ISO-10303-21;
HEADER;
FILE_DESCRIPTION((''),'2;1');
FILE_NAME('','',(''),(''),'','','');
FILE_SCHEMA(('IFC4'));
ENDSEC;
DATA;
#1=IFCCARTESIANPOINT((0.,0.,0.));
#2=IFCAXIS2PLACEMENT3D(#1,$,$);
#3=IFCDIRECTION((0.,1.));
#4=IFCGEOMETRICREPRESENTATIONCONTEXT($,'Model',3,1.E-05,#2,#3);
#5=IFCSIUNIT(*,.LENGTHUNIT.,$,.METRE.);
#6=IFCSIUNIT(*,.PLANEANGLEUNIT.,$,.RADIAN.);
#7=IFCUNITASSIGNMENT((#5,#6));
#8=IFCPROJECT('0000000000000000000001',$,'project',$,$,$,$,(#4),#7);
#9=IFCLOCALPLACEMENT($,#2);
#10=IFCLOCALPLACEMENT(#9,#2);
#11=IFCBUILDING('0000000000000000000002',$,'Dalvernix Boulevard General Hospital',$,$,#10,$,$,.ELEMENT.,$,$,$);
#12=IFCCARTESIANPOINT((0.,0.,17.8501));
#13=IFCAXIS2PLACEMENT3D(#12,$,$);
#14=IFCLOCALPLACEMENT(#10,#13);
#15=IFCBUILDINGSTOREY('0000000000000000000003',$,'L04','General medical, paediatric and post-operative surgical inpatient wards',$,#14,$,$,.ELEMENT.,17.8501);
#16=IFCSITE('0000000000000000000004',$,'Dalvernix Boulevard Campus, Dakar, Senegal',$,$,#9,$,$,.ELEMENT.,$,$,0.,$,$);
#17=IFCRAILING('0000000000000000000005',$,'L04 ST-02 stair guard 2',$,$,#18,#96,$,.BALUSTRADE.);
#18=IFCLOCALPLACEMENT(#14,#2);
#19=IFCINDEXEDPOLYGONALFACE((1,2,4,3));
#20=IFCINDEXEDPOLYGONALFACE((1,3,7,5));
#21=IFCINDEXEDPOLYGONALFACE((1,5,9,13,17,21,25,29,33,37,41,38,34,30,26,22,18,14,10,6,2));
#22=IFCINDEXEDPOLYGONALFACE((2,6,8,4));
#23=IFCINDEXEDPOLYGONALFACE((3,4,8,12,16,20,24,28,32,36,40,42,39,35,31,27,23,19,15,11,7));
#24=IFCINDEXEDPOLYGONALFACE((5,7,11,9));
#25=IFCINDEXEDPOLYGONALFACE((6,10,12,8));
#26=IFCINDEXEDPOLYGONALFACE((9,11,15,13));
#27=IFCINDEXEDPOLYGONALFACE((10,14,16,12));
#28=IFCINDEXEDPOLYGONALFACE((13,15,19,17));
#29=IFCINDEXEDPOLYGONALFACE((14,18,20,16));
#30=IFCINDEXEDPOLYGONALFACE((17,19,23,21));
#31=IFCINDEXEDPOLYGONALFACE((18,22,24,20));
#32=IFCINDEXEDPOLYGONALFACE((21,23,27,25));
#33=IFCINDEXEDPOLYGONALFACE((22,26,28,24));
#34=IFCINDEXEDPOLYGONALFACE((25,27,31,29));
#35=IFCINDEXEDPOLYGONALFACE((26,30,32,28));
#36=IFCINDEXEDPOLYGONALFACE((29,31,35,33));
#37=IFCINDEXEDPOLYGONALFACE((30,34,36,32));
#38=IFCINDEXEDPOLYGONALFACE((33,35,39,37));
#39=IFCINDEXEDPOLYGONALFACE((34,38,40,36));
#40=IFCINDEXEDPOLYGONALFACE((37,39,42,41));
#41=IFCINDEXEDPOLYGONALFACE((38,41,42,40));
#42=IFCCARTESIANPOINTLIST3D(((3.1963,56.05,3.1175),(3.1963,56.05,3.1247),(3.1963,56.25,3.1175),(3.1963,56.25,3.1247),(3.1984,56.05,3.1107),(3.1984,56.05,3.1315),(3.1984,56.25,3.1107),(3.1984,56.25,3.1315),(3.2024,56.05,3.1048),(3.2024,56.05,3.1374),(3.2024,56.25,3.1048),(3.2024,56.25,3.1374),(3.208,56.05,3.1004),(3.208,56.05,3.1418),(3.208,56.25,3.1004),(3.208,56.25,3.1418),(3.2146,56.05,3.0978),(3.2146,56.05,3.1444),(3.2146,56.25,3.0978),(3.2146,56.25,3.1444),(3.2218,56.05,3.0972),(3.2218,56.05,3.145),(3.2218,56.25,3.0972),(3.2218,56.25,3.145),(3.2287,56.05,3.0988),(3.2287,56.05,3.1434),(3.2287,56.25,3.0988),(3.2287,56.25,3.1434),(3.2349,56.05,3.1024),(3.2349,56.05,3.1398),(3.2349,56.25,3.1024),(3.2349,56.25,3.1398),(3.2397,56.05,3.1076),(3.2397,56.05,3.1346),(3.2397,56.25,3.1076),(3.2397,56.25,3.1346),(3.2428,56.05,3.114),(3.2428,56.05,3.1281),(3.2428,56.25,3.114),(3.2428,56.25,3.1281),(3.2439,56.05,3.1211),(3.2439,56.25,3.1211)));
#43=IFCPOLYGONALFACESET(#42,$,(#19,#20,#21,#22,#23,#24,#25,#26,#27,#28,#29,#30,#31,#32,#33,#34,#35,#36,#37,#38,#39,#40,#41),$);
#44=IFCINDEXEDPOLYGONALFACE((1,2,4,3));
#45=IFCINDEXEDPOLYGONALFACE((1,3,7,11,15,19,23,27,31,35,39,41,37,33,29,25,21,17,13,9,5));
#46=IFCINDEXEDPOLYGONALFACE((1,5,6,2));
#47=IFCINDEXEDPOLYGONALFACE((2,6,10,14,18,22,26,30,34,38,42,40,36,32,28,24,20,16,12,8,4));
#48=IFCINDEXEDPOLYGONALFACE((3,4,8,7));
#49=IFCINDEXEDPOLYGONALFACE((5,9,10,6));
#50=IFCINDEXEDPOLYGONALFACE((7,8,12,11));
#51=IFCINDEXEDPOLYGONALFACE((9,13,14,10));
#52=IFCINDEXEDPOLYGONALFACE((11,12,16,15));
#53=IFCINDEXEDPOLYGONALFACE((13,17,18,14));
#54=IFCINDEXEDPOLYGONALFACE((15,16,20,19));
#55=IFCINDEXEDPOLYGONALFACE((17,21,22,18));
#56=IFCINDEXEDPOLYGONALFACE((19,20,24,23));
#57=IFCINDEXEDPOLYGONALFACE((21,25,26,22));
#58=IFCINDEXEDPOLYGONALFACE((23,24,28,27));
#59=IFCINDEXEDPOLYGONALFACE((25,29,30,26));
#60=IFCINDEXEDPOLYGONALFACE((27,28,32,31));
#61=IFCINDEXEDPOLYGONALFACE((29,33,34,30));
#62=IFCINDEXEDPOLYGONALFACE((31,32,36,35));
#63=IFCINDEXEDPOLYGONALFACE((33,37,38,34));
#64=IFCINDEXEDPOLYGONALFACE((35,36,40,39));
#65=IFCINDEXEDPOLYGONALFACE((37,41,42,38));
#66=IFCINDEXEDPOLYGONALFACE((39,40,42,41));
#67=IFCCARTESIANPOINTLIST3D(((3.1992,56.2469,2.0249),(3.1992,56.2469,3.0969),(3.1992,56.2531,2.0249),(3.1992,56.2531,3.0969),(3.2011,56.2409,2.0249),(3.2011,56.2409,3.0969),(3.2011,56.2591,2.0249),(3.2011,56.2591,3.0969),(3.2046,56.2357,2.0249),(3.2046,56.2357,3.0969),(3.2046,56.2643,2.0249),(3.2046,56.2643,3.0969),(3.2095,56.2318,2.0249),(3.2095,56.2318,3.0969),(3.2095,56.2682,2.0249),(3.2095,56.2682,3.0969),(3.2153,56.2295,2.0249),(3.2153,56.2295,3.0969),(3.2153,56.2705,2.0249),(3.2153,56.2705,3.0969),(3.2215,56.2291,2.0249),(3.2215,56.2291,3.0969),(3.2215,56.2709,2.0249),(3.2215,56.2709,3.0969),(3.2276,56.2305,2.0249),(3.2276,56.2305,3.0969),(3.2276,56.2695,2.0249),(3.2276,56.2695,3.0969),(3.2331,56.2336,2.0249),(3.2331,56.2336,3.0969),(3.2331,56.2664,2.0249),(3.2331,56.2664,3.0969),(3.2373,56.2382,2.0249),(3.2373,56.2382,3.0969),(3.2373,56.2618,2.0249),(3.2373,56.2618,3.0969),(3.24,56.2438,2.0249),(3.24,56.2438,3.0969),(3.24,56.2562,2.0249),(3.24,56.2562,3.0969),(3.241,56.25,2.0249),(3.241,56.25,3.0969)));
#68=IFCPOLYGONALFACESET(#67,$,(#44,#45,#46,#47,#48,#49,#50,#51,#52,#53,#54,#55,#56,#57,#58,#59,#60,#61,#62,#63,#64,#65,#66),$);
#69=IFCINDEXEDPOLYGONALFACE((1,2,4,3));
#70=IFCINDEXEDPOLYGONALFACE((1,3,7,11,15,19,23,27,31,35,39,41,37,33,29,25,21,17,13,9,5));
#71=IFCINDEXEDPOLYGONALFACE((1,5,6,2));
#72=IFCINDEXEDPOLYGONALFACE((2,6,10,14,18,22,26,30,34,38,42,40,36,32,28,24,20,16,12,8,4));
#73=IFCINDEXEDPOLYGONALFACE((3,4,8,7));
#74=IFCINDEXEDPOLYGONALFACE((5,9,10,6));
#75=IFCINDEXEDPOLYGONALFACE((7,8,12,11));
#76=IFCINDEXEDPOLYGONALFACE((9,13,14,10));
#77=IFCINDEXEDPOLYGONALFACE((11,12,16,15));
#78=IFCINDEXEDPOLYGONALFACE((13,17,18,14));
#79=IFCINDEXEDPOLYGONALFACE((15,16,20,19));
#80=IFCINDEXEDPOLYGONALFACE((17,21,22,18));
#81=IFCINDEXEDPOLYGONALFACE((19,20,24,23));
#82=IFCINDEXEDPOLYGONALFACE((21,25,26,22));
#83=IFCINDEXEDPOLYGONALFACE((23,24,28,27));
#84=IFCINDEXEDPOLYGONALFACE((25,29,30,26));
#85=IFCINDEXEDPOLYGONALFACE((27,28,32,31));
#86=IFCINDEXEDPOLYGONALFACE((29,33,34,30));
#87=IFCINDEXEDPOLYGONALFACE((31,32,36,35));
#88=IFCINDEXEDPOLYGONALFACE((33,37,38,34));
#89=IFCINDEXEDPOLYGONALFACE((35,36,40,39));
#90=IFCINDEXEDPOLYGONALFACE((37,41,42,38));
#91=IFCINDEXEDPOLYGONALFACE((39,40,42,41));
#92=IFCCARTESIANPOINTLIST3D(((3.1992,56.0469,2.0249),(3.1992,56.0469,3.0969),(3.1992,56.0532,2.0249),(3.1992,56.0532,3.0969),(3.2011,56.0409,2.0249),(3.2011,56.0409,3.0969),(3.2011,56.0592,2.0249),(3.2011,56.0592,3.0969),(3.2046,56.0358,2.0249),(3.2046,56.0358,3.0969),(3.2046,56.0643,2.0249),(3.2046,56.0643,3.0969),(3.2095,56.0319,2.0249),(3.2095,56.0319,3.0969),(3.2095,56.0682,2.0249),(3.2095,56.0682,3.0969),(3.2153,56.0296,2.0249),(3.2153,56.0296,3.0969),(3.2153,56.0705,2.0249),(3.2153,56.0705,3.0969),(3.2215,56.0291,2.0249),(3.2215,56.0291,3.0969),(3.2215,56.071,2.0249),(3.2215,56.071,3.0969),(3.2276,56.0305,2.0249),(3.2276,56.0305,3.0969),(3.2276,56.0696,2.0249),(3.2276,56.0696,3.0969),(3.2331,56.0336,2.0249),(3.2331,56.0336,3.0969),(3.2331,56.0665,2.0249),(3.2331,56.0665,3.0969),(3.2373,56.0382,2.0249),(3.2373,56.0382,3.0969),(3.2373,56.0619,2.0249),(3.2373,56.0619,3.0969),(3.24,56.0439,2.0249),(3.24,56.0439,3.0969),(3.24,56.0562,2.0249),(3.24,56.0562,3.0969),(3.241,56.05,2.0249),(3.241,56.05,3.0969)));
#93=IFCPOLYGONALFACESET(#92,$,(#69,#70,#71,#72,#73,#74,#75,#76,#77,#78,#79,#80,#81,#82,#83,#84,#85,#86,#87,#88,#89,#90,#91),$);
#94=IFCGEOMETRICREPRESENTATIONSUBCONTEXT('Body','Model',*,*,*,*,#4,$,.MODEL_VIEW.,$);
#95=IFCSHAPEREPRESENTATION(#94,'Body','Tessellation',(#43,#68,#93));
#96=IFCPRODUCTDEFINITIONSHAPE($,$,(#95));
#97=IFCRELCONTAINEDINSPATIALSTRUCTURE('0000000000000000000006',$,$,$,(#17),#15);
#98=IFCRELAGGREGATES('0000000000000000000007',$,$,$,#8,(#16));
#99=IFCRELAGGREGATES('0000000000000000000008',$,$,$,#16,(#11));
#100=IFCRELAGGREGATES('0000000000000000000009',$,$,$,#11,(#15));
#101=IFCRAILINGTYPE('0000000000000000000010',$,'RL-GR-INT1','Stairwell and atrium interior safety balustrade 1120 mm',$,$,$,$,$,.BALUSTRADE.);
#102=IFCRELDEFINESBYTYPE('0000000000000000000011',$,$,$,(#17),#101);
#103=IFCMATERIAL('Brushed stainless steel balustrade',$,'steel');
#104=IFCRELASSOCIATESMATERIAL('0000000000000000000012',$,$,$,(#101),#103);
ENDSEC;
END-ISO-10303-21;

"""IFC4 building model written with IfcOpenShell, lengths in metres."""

from ifc_helpers import new_model, si_unit, direction, frame, origin, origin_2d, place, context, subcontext, project, spatial, circle, extrude, material, type_object, element, save


model = new_model("IFC4")

# Units and contexts
model_context = context("Model", 3, precision=1e-05, world=origin(), true_north=direction((0.0, 1.0)))
body_context = subcontext(model_context, "Body", "Model", "MODEL_VIEW")
ifc_project = project(units=[si_unit("LENGTHUNIT", "METRE"), si_unit("PLANEANGLEUNIT", "RADIAN")], contexts=[model_context])

# Site, building, storey
site_placement = place(None, origin())
site = spatial("IfcSite", under=ifc_project, at=site_placement, Name="Dalvernix Boulevard Campus, Dakar, Senegal", CompositionType="ELEMENT", RefElevation=0.0)
building_placement = place(site_placement, origin())
building = spatial("IfcBuilding", under=site, at=building_placement, Name="Dalvernix Boulevard General Hospital", CompositionType="ELEMENT")
storey_placement = place(building_placement, frame((0.0, 0.0, 17.8501)))
storey = spatial("IfcBuildingStorey", under=building, at=storey_placement, Name="L04", Description="General medical, paediatric and post-operative surgical inpatient wards", CompositionType="ELEMENT", Elevation=17.8501)

# Railing
ifc_material_1 = material(Name="Brushed stainless steel balustrade", Category="steel")
railing_type_1 = type_object("IfcRailingType", Name="RL-GR-INT1", Description="Stairwell and atrium interior safety balustrade 1120 mm", PredefinedType="BALUSTRADE", material=ifc_material_1)
railing_1_placement = place(storey_placement, frame((3.22, 56.25, 2.0249)))
element("IfcRailing", 1, at=railing_1_placement, inside=storey, type_object=railing_type_1, Name="L04 ST-02 stair guard 2", PredefinedType="BALUSTRADE", context=body_context, shape_type="SweptSolid", body=[
    extrude(circle(Radius=0.0239, at=origin_2d()), frame((0.0, 0.0, 1.0962), z_axis=(0.0, -1.0, 0.0), x_axis=(1.0, 0.0, 0.0)), (0.0, 0.0, 1.0), 0.2),
    extrude(circle(Radius=0.021, at=origin_2d()), origin(), (0.0, 0.0, 1.0), 1.072),
    extrude(circle(Radius=0.021, at=origin_2d()), frame((0.0, -0.2, 0.0)), (0.0, 0.0, 1.0), 1.072),
])

save(model, "model.ifc")
